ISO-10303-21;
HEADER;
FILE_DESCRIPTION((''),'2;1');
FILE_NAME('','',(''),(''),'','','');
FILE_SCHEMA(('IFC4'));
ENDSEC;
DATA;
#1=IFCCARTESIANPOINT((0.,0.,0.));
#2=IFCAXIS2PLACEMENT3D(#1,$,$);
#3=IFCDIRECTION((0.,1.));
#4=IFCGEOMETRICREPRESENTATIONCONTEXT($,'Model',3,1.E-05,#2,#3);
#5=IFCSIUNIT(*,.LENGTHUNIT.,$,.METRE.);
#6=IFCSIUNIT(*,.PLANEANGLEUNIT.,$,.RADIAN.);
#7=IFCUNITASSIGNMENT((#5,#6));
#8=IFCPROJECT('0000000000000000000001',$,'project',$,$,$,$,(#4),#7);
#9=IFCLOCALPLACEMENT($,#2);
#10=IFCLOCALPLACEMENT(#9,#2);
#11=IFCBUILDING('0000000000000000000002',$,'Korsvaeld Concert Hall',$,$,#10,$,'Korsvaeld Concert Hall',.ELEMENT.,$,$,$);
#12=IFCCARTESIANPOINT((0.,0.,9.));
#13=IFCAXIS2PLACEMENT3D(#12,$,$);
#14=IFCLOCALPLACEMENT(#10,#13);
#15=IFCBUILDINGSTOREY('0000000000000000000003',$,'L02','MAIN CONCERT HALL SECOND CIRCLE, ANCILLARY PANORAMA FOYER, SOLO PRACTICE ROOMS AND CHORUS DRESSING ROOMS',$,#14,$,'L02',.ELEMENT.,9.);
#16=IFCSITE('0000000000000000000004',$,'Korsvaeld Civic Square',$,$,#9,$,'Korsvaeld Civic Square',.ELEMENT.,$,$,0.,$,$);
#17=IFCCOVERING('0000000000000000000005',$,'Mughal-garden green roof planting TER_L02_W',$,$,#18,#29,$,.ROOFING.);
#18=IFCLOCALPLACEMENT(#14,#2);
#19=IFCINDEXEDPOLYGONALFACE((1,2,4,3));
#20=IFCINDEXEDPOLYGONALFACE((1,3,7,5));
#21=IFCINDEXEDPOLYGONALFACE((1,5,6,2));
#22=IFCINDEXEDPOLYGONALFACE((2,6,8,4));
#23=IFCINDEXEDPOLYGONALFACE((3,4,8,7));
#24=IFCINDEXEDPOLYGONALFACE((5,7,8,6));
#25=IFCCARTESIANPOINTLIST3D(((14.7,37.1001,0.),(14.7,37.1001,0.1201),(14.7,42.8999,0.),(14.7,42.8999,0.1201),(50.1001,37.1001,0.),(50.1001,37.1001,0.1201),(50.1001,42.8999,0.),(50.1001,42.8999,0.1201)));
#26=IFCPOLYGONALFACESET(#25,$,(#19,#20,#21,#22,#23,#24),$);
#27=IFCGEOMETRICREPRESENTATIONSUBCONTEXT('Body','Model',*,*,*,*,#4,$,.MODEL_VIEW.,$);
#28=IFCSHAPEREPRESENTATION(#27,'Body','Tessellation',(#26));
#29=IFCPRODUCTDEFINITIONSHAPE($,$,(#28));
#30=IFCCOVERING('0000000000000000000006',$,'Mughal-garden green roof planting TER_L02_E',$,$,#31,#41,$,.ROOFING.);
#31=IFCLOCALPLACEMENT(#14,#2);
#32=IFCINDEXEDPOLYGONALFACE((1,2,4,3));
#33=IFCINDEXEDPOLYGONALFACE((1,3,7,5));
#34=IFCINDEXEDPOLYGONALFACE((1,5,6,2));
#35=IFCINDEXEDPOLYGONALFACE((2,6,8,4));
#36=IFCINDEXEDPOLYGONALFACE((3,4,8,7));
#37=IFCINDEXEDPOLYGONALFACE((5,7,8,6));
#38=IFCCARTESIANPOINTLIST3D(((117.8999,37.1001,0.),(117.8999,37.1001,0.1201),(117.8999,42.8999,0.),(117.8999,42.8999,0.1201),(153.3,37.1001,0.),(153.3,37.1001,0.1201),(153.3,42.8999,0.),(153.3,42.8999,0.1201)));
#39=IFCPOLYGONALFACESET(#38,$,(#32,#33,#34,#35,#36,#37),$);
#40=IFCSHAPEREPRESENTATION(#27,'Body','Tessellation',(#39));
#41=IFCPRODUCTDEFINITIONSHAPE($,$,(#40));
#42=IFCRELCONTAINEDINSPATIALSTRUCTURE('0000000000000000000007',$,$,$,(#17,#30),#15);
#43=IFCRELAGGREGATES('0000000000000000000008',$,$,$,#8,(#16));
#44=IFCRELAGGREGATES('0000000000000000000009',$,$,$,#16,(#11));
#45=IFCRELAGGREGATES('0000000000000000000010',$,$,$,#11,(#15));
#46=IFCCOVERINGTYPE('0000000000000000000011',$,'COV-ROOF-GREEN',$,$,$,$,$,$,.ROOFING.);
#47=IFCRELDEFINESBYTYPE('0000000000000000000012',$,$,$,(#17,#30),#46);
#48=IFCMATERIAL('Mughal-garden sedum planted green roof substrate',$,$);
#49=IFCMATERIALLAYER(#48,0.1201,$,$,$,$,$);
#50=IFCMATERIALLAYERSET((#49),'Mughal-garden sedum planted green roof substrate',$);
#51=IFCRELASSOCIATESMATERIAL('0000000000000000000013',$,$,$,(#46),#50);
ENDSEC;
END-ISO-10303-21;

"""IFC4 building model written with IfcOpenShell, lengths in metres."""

from ifc_helpers import new_model, si_unit, direction, frame, origin, place, context, subcontext, project, spatial, polyline, outline, extrude, material, layer, layer_set, type_object, element, save


model = new_model("IFC4")

# Units and contexts
model_context = context("Model", 3, precision=1e-05, world=origin(), true_north=direction((0.0, 1.0)))
body_context = subcontext(model_context, "Body", "Model", "MODEL_VIEW")
ifc_project = project(units=[si_unit("LENGTHUNIT", "METRE"), si_unit("PLANEANGLEUNIT", "RADIAN")], contexts=[model_context])

# Site, building, storey
site_placement = place(None, origin())
site = spatial("IfcSite", under=ifc_project, at=site_placement, Name="Korsvaeld Civic Square", LongName="Korsvaeld Civic Square", CompositionType="ELEMENT", RefElevation=0.0)
building_placement = place(site_placement, origin())
building = spatial("IfcBuilding", under=site, at=building_placement, Name="Korsvaeld Concert Hall", LongName="Korsvaeld Concert Hall", CompositionType="ELEMENT")
storey_placement = place(building_placement, frame((0.0, 0.0, 9.0)))
storey = spatial("IfcBuildingStorey", under=building, at=storey_placement, Name="L02", Description="MAIN CONCERT HALL SECOND CIRCLE, ANCILLARY PANORAMA FOYER, SOLO PRACTICE ROOMS AND CHORUS DRESSING ROOMS", LongName="L02", CompositionType="ELEMENT", Elevation=9.0)

# Coverings
ifc_material_1 = material(Name="Mughal-garden sedum planted green roof substrate")
ifc_layer_1 = layer(ifc_material_1, 0.1201)
ifc_layer_set_1 = layer_set([ifc_layer_1], Name="Mughal-garden sedum planted green roof substrate")
covering_type_1 = type_object("IfcCoveringType", Name="COV-ROOF-GREEN", PredefinedType="ROOFING", material=ifc_layer_set_1)
covering_1_placement = place(storey_placement, origin())
element("IfcCovering", 1, at=covering_1_placement, inside=storey, type_object=covering_type_1, Name="Mughal-garden green roof planting TER_L02_W", PredefinedType="ROOFING", context=body_context, shape_type="SweptSolid", body=[
    extrude(outline(polyline([(50.1001, 37.1001), (50.1001, 42.8999), (14.7, 42.8999), (14.7, 37.1001), (50.1001, 37.1001)])), origin(), (0.0, 0.0, 1.0), 0.1201),
])
covering_2_placement = place(storey_placement, origin())
element("IfcCovering", 2, at=covering_2_placement, inside=storey, type_object=covering_type_1, Name="Mughal-garden green roof planting TER_L02_E", PredefinedType="ROOFING", context=body_context, shape_type="SweptSolid", body=[
    extrude(outline(polyline([(153.3, 37.1001), (153.3, 42.8999), (117.8999, 42.8999), (117.8999, 37.1001), (153.3, 37.1001)])), origin(), (0.0, 0.0, 1.0), 0.1201),
])

save(model, "model.ifc")
